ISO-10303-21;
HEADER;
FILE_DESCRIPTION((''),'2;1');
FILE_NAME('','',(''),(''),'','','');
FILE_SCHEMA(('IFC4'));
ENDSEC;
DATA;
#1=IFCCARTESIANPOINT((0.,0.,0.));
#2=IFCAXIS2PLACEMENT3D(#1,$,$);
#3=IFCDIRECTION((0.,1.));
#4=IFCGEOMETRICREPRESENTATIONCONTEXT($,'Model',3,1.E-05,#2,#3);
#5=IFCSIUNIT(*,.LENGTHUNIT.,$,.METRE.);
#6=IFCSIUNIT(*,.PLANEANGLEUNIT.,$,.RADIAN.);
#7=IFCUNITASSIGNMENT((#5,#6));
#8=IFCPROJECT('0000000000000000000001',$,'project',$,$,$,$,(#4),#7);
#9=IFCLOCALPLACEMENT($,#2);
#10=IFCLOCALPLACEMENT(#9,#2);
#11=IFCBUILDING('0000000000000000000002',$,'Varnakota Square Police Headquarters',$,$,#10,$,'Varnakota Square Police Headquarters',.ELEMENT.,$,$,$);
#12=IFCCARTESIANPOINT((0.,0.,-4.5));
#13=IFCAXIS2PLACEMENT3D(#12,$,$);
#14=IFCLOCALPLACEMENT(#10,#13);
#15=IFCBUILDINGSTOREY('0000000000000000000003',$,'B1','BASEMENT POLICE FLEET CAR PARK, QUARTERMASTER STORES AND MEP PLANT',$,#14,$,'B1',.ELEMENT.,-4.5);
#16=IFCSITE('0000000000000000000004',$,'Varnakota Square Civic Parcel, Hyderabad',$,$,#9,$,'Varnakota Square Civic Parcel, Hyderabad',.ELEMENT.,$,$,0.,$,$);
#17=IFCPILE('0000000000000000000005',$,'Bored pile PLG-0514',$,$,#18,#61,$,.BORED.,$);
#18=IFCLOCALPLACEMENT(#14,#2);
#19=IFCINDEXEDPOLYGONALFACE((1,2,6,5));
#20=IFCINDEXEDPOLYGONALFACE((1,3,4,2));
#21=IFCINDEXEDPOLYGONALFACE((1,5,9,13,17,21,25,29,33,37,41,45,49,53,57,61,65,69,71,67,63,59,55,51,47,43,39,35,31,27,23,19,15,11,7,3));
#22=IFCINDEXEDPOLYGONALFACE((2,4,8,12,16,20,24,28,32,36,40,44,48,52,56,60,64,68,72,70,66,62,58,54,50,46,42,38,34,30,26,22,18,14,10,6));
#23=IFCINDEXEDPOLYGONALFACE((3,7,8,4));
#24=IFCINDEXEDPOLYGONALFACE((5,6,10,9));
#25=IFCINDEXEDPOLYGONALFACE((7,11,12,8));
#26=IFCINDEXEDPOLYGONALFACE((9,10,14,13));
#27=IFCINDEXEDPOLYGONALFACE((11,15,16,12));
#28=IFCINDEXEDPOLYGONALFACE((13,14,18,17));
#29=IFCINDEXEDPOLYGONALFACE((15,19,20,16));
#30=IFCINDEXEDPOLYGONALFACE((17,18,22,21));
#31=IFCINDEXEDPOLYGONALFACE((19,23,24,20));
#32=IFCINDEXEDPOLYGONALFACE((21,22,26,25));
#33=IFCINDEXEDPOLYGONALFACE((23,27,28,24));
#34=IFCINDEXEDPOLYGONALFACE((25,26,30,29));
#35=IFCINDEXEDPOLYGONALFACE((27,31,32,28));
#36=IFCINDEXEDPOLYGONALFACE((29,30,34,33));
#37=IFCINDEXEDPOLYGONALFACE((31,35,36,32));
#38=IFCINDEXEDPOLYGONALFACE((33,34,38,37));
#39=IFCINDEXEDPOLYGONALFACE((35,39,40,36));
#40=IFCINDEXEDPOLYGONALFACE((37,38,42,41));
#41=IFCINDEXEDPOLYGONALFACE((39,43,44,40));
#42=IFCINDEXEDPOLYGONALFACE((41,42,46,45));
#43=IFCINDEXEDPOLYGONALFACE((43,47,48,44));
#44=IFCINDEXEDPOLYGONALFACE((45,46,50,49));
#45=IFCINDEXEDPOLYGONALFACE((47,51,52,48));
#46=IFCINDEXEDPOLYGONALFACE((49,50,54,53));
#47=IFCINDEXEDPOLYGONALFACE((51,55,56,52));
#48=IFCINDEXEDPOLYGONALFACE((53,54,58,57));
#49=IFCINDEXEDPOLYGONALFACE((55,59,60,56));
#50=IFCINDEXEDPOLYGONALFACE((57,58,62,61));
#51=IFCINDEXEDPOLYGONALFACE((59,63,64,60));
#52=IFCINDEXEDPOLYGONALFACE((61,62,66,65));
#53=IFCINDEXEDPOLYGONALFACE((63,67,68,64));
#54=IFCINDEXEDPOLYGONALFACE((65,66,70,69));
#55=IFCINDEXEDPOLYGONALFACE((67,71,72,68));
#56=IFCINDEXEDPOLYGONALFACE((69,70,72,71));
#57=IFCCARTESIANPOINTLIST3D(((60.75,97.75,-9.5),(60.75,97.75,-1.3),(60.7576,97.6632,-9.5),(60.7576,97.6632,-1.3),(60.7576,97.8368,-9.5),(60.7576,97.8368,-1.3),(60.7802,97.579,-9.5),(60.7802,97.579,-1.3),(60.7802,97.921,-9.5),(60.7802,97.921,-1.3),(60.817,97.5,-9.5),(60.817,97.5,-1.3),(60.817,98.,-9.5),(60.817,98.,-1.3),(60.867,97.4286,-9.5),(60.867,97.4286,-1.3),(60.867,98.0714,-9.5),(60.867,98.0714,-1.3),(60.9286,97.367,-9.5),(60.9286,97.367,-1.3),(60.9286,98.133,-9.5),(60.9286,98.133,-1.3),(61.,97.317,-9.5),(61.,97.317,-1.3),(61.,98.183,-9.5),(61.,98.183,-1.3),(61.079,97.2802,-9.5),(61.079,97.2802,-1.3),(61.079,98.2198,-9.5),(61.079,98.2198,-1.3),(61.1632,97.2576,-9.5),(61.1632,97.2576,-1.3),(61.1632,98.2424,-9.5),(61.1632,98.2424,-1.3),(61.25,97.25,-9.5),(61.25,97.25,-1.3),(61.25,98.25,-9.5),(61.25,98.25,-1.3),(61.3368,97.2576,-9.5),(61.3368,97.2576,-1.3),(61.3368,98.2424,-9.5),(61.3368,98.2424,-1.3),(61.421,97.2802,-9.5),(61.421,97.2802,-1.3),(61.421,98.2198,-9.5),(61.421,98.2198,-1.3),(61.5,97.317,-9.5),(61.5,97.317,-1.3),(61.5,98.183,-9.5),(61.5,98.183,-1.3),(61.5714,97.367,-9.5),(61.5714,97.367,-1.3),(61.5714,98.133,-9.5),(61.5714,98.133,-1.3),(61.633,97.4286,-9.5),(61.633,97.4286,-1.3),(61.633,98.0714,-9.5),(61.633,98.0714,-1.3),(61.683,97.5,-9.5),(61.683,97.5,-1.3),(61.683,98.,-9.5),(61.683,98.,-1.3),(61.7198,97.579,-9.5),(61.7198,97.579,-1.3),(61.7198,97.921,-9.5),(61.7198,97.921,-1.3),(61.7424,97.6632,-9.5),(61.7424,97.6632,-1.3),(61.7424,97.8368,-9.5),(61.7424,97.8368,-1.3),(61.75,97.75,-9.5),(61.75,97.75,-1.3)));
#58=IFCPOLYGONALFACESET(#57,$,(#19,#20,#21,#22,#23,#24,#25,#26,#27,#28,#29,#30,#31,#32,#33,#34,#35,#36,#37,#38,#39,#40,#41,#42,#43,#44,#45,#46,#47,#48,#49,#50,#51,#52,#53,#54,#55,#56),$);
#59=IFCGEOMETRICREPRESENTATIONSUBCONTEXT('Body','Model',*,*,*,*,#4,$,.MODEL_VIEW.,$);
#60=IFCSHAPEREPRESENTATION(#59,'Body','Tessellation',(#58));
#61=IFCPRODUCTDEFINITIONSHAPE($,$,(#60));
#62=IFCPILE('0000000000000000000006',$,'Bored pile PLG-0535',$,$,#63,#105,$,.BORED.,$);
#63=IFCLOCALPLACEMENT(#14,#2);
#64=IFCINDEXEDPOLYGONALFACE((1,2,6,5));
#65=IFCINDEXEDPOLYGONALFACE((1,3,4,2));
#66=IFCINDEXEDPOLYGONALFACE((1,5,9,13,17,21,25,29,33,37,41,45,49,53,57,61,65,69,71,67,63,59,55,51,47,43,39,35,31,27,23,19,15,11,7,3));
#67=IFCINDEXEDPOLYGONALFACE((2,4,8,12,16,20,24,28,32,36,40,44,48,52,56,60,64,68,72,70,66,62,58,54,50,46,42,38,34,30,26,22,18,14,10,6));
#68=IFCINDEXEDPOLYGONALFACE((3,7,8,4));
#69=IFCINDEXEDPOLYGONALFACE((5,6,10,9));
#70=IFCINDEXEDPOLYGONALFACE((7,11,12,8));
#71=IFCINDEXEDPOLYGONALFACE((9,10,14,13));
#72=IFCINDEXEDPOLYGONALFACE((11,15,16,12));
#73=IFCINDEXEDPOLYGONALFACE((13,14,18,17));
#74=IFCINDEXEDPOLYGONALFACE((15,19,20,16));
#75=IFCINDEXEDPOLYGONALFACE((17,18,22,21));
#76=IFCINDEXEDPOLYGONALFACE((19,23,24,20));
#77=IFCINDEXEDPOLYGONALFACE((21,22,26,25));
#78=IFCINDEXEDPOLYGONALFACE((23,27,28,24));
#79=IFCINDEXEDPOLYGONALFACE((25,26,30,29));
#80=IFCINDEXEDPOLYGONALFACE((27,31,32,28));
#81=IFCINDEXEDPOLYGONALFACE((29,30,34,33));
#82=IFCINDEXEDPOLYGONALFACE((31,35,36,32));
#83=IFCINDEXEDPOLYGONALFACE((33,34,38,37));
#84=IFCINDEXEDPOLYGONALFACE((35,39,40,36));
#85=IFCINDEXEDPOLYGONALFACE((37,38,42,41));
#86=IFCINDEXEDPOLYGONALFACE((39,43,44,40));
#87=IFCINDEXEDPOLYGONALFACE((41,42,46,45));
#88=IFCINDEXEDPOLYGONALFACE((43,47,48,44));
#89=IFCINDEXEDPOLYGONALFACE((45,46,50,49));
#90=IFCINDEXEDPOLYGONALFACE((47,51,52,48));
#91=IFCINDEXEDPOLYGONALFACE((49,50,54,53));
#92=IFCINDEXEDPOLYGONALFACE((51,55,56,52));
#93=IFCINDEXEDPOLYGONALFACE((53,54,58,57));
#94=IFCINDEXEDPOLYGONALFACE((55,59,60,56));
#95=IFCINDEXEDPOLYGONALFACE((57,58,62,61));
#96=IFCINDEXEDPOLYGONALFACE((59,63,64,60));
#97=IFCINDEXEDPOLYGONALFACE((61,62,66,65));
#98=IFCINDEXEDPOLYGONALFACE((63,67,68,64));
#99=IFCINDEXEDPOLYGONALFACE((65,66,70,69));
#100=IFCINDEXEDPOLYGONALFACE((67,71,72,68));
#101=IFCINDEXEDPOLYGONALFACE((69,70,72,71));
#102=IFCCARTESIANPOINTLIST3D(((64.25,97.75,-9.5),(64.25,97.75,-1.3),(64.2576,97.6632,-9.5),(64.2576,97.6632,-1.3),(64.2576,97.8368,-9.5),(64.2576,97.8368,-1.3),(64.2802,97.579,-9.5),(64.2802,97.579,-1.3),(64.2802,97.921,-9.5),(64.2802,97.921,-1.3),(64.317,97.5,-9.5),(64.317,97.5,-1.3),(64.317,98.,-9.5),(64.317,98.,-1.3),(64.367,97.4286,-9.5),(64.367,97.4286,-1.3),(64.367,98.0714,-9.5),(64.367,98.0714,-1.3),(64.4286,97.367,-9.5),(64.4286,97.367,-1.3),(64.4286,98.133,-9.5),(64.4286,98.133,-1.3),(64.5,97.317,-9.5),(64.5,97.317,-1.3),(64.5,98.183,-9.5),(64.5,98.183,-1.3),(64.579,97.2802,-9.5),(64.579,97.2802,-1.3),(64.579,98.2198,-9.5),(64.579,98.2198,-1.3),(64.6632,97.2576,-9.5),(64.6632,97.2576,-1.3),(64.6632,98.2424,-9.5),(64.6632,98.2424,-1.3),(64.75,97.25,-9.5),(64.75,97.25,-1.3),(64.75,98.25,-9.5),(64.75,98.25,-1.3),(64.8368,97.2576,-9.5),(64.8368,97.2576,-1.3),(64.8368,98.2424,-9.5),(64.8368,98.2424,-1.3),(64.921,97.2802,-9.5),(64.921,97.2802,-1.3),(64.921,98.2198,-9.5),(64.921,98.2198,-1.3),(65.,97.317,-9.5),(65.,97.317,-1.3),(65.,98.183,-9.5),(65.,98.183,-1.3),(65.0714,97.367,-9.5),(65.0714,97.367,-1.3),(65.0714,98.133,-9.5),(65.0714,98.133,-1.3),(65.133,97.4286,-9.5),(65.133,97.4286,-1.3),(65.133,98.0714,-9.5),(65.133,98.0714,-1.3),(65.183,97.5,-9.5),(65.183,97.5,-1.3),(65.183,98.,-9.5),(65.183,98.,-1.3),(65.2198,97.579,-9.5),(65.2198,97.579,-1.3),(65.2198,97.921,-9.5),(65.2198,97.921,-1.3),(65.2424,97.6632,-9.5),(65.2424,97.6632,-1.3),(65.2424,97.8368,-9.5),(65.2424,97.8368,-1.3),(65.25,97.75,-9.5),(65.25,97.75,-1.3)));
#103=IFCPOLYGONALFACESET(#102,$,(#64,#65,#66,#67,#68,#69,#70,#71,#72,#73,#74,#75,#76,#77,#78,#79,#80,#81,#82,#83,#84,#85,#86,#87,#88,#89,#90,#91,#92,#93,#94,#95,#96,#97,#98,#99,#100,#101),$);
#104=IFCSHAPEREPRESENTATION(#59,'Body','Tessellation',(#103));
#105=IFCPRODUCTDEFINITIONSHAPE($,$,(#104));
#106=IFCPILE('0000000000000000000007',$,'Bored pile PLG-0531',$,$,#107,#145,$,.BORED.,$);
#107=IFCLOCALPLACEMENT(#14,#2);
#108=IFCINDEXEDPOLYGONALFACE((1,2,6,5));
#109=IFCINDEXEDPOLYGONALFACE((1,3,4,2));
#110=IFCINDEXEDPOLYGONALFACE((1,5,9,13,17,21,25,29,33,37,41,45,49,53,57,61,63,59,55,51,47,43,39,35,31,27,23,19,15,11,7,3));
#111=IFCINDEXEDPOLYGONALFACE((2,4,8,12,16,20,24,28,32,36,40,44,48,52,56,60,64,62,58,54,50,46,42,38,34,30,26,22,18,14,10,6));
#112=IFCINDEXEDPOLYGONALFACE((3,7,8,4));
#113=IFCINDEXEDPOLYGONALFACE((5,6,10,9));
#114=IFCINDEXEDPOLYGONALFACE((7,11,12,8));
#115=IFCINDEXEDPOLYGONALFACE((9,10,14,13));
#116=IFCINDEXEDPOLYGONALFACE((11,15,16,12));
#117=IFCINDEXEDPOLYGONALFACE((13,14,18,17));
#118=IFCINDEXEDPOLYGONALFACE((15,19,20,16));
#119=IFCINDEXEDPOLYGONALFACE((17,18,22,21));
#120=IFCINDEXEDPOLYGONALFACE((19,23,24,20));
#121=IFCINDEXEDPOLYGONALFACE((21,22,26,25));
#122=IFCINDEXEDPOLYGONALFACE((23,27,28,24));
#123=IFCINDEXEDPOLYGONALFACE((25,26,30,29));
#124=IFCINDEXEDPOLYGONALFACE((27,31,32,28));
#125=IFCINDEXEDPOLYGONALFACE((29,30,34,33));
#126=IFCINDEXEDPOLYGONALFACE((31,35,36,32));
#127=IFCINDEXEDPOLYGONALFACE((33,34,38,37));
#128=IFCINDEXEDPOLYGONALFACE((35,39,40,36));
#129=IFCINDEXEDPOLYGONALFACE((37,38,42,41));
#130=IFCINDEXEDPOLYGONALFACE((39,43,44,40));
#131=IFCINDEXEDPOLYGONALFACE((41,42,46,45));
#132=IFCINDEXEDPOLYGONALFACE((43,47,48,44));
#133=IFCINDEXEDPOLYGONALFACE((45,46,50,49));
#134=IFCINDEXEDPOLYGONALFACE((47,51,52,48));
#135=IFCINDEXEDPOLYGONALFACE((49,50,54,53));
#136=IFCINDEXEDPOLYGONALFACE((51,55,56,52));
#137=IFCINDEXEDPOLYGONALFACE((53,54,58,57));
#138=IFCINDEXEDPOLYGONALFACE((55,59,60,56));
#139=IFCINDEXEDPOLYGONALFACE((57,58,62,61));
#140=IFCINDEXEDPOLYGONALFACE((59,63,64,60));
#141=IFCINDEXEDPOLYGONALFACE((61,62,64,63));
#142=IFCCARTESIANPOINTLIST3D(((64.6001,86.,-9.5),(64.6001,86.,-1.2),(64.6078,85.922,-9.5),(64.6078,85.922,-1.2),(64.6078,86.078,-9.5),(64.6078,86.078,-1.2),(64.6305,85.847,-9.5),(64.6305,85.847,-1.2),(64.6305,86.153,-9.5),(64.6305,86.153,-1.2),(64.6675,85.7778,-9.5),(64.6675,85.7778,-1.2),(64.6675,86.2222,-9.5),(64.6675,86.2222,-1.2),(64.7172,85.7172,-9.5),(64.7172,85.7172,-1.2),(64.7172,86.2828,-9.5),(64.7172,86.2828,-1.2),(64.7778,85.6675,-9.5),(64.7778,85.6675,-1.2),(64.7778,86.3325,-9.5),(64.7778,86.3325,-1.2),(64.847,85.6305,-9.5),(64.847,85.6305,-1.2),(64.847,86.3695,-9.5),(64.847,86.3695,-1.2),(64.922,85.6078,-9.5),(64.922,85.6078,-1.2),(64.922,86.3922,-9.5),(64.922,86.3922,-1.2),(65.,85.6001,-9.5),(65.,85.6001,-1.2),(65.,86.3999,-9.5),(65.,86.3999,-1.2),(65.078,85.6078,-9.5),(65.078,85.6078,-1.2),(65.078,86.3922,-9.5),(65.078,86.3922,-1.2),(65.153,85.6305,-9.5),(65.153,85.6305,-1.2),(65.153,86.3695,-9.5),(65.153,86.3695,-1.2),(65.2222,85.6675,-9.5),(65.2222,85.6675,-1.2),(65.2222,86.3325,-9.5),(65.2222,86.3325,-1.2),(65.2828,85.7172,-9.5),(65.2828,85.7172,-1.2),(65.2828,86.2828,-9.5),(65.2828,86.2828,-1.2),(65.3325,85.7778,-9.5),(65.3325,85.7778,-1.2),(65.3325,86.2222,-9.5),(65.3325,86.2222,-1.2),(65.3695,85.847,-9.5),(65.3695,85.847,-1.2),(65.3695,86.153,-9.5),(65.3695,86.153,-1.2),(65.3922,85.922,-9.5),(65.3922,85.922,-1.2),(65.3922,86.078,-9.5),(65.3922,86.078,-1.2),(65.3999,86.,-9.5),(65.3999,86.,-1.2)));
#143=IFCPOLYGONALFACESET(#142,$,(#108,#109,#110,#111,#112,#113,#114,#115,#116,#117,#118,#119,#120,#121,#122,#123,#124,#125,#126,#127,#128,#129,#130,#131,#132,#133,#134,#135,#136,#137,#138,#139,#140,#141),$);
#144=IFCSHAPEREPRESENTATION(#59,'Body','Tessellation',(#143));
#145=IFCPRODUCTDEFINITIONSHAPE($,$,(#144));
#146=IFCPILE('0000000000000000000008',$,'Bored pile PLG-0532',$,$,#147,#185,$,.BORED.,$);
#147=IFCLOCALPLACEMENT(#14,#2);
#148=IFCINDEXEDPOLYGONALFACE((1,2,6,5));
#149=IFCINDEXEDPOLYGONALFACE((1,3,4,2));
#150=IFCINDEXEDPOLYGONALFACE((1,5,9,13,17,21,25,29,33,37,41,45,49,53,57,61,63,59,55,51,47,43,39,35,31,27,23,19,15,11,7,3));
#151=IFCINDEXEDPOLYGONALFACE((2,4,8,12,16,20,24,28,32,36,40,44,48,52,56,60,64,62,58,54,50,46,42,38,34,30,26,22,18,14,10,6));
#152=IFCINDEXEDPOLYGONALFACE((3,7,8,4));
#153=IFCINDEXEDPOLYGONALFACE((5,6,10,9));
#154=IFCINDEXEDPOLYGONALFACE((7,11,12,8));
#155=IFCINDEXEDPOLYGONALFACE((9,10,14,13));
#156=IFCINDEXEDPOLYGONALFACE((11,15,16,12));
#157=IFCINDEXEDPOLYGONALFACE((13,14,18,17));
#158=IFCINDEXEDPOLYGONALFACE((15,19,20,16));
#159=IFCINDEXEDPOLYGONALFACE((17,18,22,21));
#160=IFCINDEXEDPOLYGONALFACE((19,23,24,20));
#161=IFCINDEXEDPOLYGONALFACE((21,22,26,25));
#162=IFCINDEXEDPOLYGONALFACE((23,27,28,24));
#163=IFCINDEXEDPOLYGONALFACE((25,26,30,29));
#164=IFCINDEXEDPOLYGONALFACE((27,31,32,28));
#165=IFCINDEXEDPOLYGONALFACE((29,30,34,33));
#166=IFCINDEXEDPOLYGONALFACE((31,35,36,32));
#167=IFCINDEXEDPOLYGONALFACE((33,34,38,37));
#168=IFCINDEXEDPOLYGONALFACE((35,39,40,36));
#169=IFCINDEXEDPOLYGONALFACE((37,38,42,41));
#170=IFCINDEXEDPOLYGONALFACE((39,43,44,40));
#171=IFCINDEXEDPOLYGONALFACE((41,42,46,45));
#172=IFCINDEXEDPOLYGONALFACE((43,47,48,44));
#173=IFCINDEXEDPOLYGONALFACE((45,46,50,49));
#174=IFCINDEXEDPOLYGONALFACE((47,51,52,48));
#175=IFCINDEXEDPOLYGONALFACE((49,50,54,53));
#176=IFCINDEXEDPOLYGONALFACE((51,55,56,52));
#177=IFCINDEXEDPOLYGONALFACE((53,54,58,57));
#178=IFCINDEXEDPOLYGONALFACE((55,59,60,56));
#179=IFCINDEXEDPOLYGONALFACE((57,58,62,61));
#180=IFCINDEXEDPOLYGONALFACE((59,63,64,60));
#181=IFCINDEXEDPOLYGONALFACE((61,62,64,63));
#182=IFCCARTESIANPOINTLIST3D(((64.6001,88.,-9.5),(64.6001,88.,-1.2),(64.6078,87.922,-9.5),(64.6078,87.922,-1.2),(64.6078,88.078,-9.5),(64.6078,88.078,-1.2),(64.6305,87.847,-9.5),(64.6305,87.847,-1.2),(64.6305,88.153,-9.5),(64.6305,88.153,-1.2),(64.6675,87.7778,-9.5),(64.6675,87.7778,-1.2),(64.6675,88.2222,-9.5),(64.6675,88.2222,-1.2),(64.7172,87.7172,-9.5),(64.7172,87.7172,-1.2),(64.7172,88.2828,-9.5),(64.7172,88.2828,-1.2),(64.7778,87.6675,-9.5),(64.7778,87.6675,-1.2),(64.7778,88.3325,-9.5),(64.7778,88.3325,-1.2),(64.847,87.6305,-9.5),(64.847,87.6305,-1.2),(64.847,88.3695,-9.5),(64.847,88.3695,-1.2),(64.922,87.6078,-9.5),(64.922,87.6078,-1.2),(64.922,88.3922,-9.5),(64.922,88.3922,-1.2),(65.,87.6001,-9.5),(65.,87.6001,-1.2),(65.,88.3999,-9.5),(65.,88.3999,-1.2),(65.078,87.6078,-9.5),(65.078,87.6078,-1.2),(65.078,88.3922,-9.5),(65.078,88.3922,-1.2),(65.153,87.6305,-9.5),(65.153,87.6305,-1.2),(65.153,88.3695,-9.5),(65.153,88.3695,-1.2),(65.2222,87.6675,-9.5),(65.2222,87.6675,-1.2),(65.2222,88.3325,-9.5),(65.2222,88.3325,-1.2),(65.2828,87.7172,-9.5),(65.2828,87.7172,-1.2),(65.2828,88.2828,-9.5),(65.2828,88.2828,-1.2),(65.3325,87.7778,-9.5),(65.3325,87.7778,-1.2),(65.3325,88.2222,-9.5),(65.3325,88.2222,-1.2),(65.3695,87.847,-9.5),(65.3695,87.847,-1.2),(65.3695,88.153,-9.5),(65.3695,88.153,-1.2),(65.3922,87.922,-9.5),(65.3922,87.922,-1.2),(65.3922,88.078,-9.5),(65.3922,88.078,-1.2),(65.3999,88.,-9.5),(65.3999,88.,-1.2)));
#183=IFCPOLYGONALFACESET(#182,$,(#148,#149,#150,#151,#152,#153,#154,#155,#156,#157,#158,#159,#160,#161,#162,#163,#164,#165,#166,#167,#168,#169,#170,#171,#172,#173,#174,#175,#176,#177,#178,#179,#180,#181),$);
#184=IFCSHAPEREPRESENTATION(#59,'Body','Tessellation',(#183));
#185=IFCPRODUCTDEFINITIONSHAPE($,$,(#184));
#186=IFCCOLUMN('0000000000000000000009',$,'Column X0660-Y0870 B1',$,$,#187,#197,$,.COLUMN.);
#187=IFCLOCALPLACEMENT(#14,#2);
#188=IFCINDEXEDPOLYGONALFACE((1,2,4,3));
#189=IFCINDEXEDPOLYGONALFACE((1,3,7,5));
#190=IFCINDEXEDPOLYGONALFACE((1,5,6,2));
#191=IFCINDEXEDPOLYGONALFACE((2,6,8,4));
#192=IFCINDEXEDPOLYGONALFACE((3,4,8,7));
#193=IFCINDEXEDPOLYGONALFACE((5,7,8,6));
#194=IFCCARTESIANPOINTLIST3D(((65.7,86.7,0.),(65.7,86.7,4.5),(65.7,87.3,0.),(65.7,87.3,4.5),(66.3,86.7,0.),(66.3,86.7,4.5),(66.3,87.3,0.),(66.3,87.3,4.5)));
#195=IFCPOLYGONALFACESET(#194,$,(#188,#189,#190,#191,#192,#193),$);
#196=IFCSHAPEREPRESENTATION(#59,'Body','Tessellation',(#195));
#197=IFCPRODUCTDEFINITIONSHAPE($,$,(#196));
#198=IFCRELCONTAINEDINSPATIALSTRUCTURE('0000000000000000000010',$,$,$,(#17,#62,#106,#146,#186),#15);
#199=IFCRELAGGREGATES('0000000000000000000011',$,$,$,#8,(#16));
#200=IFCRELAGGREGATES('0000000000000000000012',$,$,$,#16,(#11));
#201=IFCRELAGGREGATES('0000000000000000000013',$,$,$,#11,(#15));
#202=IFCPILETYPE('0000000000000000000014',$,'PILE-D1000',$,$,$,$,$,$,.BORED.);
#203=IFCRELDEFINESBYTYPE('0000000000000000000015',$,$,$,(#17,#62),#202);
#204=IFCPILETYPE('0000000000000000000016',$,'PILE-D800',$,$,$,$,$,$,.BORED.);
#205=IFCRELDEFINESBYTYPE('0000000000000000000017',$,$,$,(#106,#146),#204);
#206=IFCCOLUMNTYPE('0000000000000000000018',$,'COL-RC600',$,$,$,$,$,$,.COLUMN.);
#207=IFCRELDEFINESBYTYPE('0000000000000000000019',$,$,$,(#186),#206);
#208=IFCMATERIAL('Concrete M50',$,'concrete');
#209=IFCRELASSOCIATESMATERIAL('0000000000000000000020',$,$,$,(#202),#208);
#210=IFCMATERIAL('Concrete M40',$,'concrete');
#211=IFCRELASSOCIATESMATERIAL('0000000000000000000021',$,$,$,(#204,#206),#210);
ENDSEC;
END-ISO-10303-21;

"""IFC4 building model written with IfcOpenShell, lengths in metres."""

from ifc_helpers import new_model, si_unit, direction, frame, origin, origin_2d, place, context, subcontext, project, spatial, rectangle, circle, extrude, material, material_profile, profile_set, type_object, element, save


model = new_model("IFC4")

# Units and contexts
model_context = context("Model", 3, precision=1e-05, world=origin(), true_north=direction((0.0, 1.0)))
body_context = subcontext(model_context, "Body", "Model", "MODEL_VIEW")
ifc_project = project(units=[si_unit("LENGTHUNIT", "METRE"), si_unit("PLANEANGLEUNIT", "RADIAN")], contexts=[model_context])

# Site, building, storey
site_placement = place(None, origin())
site = spatial("IfcSite", under=ifc_project, at=site_placement, Name="Varnakota Square Civic Parcel, Hyderabad", LongName="Varnakota Square Civic Parcel, Hyderabad", CompositionType="ELEMENT", RefElevation=0.0)
building_placement = place(site_placement, origin())
building = spatial("IfcBuilding", under=site, at=building_placement, Name="Varnakota Square Police Headquarters", LongName="Varnakota Square Police Headquarters", CompositionType="ELEMENT")
storey_placement = place(building_placement, frame((0.0, 0.0, -4.5)))
storey = spatial("IfcBuildingStorey", under=building, at=storey_placement, Name="B1", Description="BASEMENT POLICE FLEET CAR PARK, QUARTERMASTER STORES AND MEP PLANT", LongName="B1", CompositionType="ELEMENT", Elevation=-4.5)

# Shared definitions
ifc_material_1 = material(Name="Concrete M40", Category="concrete")
ifc_material_2 = material(Name="Concrete M50", Category="concrete")

# Piles
ifc_material_profile_1 = material_profile(ifc_material_2, circle(Radius=0.5, at=origin_2d()), Name="BORED PILE 1000")
ifc_profile_set_1 = profile_set([ifc_material_profile_1], Name="Concrete M50")
pile_type_1 = type_object("IfcPileType", Name="PILE-D1000", PredefinedType="BORED", material=ifc_profile_set_1)
for number, where, z_axis, x_axis, name in (
    (1, (61.25, 97.75, -1.3), (0.0, 0.0, -1.0), (1.0, 0.0, 0.0), "Bored pile PLG-0514"),
    (2, (64.75, 97.75, -1.3), (0.0, 0.0, -1.0), (1.0, 0.0, 0.0), "Bored pile PLG-0535"),
):
    element("IfcPile", number, at=place(storey_placement, frame(where, z_axis=z_axis, x_axis=x_axis)), inside=storey, type_object=pile_type_1, Name=name, PredefinedType="BORED", context=body_context, shape_type="SweptSolid", body=[
        extrude(circle(Radius=0.5, at=origin_2d()), origin(), (0.0, 0.0, 1.0), 8.2),
    ])
ifc_material_profile_2 = material_profile(ifc_material_1, circle(Radius=0.3999, at=origin_2d()), Name="BORED PILE 800")
ifc_profile_set_2 = profile_set([ifc_material_profile_2], Name="Concrete M40")
pile_type_2 = type_object("IfcPileType", Name="PILE-D800", PredefinedType="BORED", material=ifc_profile_set_2)
for number, where, z_axis, x_axis, name in (
    (3, (65.0, 86.0, -1.2), (0.0, 0.0, -1.0), (1.0, 0.0, 0.0), "Bored pile PLG-0531"),
    (4, (65.0, 88.0, -1.2), (0.0, 0.0, -1.0), (1.0, 0.0, 0.0), "Bored pile PLG-0532"),
):
    element("IfcPile", number, at=place(storey_placement, frame(where, z_axis=z_axis, x_axis=x_axis)), inside=storey, type_object=pile_type_2, Name=name, PredefinedType="BORED", context=body_context, shape_type="SweptSolid", body=[
        extrude(circle(Radius=0.3999, at=origin_2d()), origin(), (0.0, 0.0, 1.0), 8.3),
    ])

# Column
ifc_material_profile_3 = material_profile(ifc_material_1, rectangle(XDim=0.6001, YDim=0.6001, at=origin_2d()), Name="RC 600x600")
ifc_profile_set_3 = profile_set([ifc_material_profile_3], Name="Concrete M40")
column_type_1 = type_object("IfcColumnType", Name="COL-RC600", PredefinedType="COLUMN", material=ifc_profile_set_3)
column_1_placement = place(storey_placement, frame((66.0, 87.0, 0.0), z_axis=(0.0, 0.0, 1.0), x_axis=(1.0, 0.0, 0.0)))
element("IfcColumn", 5, at=column_1_placement, inside=storey, type_object=column_type_1, Name="Column X0660-Y0870 B1", PredefinedType="COLUMN", context=body_context, shape_type="SweptSolid", body=[
    extrude(rectangle(XDim=0.6001, YDim=0.6001, at=origin_2d()), origin(), (0.0, 0.0, 1.0), 4.5),
])

save(model, "model.ifc")
